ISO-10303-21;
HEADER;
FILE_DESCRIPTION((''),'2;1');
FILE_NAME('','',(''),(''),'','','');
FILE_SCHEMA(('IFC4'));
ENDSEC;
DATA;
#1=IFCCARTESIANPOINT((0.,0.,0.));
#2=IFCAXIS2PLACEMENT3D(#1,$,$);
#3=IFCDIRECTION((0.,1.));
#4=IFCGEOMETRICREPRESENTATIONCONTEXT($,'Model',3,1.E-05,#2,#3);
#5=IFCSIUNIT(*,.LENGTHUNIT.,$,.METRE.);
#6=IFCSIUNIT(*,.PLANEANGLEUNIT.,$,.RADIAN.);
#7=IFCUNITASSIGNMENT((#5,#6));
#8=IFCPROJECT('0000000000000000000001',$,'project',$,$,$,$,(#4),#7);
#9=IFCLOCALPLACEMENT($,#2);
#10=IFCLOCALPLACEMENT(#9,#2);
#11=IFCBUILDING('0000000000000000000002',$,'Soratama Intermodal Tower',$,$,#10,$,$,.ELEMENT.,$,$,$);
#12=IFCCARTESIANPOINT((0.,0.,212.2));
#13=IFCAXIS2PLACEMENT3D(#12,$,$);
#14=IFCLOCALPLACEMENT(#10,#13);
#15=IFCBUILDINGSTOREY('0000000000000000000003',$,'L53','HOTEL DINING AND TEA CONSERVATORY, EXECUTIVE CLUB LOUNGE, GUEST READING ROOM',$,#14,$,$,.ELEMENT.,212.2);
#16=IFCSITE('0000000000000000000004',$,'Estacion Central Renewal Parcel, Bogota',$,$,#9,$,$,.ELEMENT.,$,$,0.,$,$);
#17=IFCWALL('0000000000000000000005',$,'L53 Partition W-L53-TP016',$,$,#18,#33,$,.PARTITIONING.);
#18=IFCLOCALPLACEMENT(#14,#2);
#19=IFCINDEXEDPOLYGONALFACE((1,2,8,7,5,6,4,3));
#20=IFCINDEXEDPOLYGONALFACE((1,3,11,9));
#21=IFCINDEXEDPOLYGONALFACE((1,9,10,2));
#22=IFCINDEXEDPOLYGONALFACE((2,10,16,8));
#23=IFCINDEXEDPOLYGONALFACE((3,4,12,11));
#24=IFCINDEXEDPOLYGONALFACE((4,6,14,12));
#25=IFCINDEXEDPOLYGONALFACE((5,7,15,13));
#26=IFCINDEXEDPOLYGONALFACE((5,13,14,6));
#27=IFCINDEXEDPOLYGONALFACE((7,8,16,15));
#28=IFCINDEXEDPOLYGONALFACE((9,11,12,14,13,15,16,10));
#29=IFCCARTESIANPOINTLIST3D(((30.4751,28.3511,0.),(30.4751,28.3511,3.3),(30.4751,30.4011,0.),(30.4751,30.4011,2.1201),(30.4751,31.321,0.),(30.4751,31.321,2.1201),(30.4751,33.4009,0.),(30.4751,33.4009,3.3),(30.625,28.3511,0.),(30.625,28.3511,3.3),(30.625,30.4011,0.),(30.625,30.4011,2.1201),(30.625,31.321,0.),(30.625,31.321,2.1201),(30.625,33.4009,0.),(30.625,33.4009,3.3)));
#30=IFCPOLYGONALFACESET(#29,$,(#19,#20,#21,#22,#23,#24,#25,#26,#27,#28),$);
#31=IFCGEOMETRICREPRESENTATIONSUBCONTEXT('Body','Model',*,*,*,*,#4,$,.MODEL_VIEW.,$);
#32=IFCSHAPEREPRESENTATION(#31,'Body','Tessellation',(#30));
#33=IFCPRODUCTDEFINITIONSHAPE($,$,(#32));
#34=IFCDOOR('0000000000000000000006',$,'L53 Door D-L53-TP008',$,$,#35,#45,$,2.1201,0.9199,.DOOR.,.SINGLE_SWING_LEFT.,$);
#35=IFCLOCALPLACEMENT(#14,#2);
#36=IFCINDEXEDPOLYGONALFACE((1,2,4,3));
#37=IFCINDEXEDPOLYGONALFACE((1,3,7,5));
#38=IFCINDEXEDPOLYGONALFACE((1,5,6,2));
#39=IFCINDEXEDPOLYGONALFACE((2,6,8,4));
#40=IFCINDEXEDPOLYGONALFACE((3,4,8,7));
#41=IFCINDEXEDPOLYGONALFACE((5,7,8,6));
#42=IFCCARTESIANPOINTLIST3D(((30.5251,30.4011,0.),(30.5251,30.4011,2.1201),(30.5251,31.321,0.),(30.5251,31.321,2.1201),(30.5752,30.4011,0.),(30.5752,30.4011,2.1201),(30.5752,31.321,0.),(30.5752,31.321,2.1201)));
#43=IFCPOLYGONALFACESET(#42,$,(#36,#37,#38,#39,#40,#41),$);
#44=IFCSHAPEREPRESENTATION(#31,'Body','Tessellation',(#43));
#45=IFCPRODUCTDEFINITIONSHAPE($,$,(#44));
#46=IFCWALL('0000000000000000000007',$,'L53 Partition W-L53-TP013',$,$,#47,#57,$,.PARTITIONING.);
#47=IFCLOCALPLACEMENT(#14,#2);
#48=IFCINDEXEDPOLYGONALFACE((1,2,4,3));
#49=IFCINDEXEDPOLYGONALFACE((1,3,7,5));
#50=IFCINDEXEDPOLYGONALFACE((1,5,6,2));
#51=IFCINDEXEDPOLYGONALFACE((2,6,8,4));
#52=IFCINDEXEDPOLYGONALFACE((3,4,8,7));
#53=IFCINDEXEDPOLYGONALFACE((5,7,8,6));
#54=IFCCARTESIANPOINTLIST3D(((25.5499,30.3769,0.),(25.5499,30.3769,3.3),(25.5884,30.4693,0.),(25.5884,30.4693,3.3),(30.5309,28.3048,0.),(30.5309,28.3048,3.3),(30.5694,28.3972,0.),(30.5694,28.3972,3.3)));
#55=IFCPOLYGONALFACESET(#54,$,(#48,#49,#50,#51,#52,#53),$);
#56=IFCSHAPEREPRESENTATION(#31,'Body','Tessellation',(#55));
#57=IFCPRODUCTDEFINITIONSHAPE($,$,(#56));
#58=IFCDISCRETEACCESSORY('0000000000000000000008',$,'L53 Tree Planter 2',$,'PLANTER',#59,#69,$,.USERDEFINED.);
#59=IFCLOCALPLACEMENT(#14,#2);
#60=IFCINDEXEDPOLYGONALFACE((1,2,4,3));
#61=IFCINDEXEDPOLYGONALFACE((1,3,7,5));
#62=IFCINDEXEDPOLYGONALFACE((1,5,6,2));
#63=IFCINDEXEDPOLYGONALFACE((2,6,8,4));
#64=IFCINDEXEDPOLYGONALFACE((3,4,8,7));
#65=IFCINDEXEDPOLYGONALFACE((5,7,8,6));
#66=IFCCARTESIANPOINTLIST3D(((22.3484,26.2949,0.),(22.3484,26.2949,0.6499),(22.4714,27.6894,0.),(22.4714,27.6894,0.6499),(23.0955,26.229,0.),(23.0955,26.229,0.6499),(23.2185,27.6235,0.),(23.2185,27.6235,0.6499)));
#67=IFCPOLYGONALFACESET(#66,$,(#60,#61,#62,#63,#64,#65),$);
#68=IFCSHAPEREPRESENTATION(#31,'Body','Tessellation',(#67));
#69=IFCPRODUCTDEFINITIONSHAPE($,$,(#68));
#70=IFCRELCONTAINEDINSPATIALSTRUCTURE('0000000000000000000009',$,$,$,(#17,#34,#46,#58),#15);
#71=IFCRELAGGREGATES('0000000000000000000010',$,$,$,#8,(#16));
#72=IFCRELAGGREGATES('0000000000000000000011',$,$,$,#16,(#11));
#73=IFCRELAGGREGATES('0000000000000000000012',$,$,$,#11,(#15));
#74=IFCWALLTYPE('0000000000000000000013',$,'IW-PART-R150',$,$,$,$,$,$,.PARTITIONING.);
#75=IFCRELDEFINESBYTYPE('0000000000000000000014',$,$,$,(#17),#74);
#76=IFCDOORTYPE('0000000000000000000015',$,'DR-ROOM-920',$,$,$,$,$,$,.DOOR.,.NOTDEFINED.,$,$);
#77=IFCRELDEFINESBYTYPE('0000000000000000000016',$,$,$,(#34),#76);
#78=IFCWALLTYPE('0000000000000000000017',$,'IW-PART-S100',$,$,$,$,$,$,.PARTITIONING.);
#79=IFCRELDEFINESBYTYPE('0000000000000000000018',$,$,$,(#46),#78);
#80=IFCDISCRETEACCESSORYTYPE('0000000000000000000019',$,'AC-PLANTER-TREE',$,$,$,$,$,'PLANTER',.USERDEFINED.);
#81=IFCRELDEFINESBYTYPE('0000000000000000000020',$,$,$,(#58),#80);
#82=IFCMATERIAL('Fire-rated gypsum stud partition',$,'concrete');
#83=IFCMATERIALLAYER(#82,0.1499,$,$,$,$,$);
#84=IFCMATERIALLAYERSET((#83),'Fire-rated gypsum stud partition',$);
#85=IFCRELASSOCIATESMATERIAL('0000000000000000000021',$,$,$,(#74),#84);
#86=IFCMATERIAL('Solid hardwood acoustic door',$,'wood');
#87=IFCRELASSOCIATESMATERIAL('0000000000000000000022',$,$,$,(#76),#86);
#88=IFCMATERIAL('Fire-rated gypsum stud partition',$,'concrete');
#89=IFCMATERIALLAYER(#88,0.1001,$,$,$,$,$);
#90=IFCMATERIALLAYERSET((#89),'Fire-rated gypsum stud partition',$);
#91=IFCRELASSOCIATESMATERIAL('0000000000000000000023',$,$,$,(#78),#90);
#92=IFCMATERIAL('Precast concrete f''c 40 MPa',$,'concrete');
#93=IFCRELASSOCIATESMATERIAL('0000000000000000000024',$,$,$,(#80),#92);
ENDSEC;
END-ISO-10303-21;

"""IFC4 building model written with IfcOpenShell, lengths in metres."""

from ifc_helpers import new_model, si_unit, direction, frame, frame_2d, origin, origin_2d, place, context, subcontext, project, spatial, rectangle, extrude, material, layer, layer_set, type_object, element, fill, save


model = new_model("IFC4")

# Units and contexts
model_context = context("Model", 3, precision=1e-05, world=origin(), true_north=direction((0.0, 1.0)))
body_context = subcontext(model_context, "Body", "Model", "MODEL_VIEW")
ifc_project = project(units=[si_unit("LENGTHUNIT", "METRE"), si_unit("PLANEANGLEUNIT", "RADIAN")], contexts=[model_context])

# Site, building, storey
site_placement = place(None, origin())
site = spatial("IfcSite", under=ifc_project, at=site_placement, Name="Estacion Central Renewal Parcel, Bogota", CompositionType="ELEMENT", RefElevation=0.0)
building_placement = place(site_placement, origin())
building = spatial("IfcBuilding", under=site, at=building_placement, Name="Soratama Intermodal Tower", CompositionType="ELEMENT")
storey_placement = place(building_placement, frame((0.0, 0.0, 212.2)))
storey = spatial("IfcBuildingStorey", under=building, at=storey_placement, Name="L53", Description="HOTEL DINING AND TEA CONSERVATORY, EXECUTIVE CLUB LOUNGE, GUEST READING ROOM", CompositionType="ELEMENT", Elevation=212.2)

# Wall, opening, door
ifc_material_1 = material(Name="Fire-rated gypsum stud partition", Category="concrete")
ifc_layer_1 = layer(ifc_material_1, 0.1499)
ifc_layer_set_1 = layer_set([ifc_layer_1], Name="Fire-rated gypsum stud partition")
wall_type_1 = type_object("IfcWallType", Name="IW-PART-R150", PredefinedType="PARTITIONING", material=ifc_layer_set_1)
wall_1_placement = place(storey_placement, frame((30.55, 28.3511, 0.0), z_axis=(0.0, 0.0, 1.0), x_axis=(0.0, 1.0, 0.0)))
wall_1 = element("IfcWall", 1, at=wall_1_placement, inside=storey, type_object=wall_type_1, Name="L53 Partition W-L53-TP016", PredefinedType="PARTITIONING", context=body_context, shape_type="SweptSolid", body=[
    extrude(rectangle(XDim=5.0498, YDim=0.1499, at=frame_2d((2.5249, 0.0))), origin(), (0.0, 0.0, 1.0), 3.3),
])
opening_1_placement = place(wall_1_placement, frame((2.05, 0.0, 0.0)))
opening_1 = element("IfcOpeningElement", 2, at=opening_1_placement, cuts=wall_1, PredefinedType="OPENING", context=body_context, shape_type="SweptSolid", body=[
    extrude(rectangle(XDim=0.9199, YDim=2.1201, at=frame_2d((0.46, 1.0601))), frame((0.0, 0.085, 0.0), z_axis=(0.0, -1.0, 0.0), x_axis=(1.0, 0.0, 0.0)), (0.0, 0.0, 1.0), 0.1699),
])
ifc_material_2 = material(Name="Solid hardwood acoustic door", Category="wood")
door_type_1 = type_object("IfcDoorType", Name="DR-ROOM-920", OperationType="NOTDEFINED", PredefinedType="DOOR", material=ifc_material_2)
door_1_placement = place(opening_1_placement, origin())
door_1 = element("IfcDoor", 3, at=door_1_placement, inside=storey, type_object=door_type_1, Name="L53 Door D-L53-TP008", OperationType="SINGLE_SWING_LEFT", OverallHeight=2.1201, OverallWidth=0.9199, PredefinedType="DOOR", context=body_context, shape_type="SweptSolid", body=[
    extrude(rectangle(XDim=0.9199, YDim=2.1201, at=frame_2d((0.46, 1.0601))), frame((0.0, 0.0249, 0.0), z_axis=(0.0, -1.0, 0.0), x_axis=(1.0, 0.0, 0.0)), (0.0, 0.0, 1.0), 0.05),
])
fill(opening_1, door_1)

# Wall
ifc_material_3 = material(Name="Fire-rated gypsum stud partition", Category="concrete")
ifc_layer_2 = layer(ifc_material_3, 0.1001)
ifc_layer_set_2 = layer_set([ifc_layer_2], Name="Fire-rated gypsum stud partition")
wall_type_2 = type_object("IfcWallType", Name="IW-PART-S100", PredefinedType="PARTITIONING", material=ifc_layer_set_2)
wall_2_placement = place(storey_placement, frame((30.55, 28.3511, 0.0), z_axis=(0.0, 0.0, 1.0), x_axis=(-0.923299, 0.384082, 0.0)))
element("IfcWall", 4, at=wall_2_placement, inside=storey, type_object=wall_type_2, Name="L53 Partition W-L53-TP013", PredefinedType="PARTITIONING", context=body_context, shape_type="SweptSolid", body=[
    extrude(rectangle(XDim=5.3948, YDim=0.1001, at=frame_2d((2.6973, 0.0))), origin(), (0.0, 0.0, 1.0), 3.3),
])

# Discrete accessory
ifc_material_4 = material(Name="Precast concrete f'c 40 MPa", Category="concrete")
discrete_accessory_type = type_object("IfcDiscreteAccessoryType", Name="AC-PLANTER-TREE", ElementType="PLANTER", PredefinedType="USERDEFINED", material=ifc_material_4)
discrete_accessory_placement = place(storey_placement, frame((22.7834, 26.9592, 0.0), z_axis=(0.0, 0.0, 1.0), x_axis=(-0.996134, 0.087851, 0.0)))
element("IfcDiscreteAccessory", 5, at=discrete_accessory_placement, inside=storey, type_object=discrete_accessory_type, Name="L53 Tree Planter 2", ObjectType="PLANTER", PredefinedType="USERDEFINED", context=body_context, shape_type="SweptSolid", body=[
    extrude(rectangle(XDim=0.75, YDim=1.3999, at=origin_2d()), origin(), (0.0, 0.0, 1.0), 0.6499),
])

save(model, "model.ifc")
